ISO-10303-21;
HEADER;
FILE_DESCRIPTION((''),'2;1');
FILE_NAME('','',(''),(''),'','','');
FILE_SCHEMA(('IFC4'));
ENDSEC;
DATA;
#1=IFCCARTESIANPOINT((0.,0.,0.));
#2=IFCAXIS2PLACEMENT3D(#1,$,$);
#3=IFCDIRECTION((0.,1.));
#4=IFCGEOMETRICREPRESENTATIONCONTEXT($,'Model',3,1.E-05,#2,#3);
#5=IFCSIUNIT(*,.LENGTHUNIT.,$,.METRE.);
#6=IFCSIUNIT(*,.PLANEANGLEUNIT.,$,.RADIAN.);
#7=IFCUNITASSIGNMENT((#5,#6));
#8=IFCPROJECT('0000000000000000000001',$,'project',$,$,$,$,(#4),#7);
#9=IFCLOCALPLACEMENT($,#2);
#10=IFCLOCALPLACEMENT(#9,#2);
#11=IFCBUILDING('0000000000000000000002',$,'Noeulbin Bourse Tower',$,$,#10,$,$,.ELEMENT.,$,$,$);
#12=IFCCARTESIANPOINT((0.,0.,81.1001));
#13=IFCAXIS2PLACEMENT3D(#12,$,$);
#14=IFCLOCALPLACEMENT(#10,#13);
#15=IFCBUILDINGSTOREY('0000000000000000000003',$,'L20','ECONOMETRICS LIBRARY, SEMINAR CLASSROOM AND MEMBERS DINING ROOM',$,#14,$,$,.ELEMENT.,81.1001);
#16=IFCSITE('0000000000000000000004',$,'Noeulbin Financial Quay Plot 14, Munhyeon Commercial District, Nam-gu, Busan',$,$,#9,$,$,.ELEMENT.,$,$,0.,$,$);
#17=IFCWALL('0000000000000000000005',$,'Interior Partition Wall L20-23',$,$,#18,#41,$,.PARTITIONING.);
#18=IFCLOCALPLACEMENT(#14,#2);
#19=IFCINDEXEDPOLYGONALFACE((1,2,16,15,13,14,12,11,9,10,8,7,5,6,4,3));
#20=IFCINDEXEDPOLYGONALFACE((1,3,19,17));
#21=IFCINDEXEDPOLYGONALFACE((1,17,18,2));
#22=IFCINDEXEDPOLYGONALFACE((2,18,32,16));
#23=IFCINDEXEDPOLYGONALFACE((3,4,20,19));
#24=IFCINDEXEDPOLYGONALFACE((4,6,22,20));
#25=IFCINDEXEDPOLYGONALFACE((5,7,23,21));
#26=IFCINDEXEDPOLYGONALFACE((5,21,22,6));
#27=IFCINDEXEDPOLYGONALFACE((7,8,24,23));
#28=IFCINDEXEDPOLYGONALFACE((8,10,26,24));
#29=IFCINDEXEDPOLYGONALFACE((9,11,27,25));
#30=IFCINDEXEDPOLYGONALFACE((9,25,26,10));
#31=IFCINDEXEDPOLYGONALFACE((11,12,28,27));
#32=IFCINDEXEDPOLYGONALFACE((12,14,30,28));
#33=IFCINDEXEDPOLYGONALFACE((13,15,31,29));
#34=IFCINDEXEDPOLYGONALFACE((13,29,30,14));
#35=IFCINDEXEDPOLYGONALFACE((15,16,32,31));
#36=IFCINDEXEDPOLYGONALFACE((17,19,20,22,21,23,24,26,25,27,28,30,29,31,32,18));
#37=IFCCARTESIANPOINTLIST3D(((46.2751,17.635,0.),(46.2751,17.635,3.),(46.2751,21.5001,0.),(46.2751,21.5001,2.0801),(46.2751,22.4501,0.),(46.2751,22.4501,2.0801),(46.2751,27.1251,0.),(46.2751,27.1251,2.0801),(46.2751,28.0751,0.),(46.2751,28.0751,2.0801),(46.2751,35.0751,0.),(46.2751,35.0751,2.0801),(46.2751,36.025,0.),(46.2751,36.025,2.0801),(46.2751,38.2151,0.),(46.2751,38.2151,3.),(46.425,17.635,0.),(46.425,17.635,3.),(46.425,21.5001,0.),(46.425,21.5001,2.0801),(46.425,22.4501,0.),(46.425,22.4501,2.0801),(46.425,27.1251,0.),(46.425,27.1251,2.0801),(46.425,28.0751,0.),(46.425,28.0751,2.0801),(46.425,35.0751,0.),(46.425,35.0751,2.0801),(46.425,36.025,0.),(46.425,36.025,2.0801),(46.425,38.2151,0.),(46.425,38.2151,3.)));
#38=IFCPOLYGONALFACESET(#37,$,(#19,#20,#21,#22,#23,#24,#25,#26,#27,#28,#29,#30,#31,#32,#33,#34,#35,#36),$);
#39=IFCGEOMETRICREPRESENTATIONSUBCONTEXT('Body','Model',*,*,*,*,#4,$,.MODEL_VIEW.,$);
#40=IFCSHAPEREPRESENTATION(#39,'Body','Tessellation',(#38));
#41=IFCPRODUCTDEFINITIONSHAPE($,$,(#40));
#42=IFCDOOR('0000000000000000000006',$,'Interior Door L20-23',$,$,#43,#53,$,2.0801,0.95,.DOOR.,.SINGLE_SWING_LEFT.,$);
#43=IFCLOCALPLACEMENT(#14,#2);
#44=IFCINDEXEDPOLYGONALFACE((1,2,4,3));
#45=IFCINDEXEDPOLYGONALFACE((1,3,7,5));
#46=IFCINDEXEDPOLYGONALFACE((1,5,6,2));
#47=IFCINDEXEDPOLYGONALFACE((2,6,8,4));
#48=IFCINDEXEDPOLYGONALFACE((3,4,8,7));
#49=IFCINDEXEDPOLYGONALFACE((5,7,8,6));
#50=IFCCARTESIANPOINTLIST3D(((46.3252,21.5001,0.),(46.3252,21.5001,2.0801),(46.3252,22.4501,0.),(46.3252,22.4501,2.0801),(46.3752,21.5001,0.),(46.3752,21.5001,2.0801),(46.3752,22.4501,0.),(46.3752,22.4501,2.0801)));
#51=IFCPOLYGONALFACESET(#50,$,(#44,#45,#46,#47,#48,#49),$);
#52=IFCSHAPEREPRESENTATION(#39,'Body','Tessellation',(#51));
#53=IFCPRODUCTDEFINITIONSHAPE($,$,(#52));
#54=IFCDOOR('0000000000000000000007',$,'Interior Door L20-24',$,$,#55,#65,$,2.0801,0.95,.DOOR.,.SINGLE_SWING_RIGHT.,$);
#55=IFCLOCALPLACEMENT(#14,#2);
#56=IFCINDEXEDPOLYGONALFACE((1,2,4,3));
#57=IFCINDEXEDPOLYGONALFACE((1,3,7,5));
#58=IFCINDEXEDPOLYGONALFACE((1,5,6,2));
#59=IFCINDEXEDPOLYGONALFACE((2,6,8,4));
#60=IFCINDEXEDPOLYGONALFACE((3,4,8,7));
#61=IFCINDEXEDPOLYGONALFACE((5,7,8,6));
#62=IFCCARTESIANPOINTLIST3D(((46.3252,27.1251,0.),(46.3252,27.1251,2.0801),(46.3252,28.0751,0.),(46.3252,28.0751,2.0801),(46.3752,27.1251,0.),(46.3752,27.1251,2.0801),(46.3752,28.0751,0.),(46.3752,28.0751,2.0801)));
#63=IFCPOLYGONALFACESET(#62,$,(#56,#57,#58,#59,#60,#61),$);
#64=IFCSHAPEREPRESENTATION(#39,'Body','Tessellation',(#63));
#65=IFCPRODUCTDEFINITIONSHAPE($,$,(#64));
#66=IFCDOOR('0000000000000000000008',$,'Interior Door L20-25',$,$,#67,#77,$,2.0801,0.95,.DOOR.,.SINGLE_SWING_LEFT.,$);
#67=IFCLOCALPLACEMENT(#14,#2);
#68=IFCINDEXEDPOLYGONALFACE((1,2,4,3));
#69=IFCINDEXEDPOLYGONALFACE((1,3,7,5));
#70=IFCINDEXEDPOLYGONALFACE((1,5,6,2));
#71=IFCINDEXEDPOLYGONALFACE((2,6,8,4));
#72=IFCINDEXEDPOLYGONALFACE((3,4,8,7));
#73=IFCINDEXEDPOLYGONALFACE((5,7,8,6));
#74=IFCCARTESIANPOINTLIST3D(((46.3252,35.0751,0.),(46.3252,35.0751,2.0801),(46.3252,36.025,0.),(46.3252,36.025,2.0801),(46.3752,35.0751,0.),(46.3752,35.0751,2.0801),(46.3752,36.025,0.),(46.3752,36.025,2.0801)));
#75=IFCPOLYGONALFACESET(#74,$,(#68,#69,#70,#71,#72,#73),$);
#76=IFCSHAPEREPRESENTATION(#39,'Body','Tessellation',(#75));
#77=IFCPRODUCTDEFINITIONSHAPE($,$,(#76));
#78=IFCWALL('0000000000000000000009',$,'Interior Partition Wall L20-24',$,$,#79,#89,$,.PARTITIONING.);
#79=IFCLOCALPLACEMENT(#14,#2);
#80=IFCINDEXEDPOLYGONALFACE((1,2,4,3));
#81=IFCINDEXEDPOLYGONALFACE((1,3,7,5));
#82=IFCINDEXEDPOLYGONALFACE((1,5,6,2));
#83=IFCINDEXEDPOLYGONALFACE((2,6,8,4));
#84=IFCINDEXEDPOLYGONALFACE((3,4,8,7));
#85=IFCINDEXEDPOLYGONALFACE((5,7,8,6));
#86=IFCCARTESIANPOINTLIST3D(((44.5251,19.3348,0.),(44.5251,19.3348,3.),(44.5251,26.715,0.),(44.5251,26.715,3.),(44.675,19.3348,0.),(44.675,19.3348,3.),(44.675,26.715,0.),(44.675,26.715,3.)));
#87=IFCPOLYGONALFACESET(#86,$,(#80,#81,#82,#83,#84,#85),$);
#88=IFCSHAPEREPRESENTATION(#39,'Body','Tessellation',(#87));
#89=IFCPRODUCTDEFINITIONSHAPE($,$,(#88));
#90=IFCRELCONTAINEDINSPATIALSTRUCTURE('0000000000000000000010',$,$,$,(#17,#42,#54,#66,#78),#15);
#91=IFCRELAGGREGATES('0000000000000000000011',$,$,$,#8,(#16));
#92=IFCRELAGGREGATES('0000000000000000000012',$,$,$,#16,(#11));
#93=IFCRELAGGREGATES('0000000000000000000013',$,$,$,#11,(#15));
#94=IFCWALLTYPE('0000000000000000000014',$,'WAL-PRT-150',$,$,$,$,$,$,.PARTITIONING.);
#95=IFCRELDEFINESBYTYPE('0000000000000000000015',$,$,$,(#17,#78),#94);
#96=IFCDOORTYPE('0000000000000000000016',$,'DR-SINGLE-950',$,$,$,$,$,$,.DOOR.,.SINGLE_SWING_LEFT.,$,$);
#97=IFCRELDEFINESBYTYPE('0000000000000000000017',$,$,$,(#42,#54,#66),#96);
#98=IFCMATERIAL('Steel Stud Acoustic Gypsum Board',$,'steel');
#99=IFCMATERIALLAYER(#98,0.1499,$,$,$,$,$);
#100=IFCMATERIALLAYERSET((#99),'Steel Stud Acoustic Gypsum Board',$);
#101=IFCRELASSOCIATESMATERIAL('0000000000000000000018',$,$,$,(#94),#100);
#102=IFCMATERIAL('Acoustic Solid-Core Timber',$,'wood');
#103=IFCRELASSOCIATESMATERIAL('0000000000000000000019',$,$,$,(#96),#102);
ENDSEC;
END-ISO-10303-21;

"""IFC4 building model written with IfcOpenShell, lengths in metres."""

from ifc_helpers import new_model, si_unit, direction, frame, frame_2d, origin, place, context, subcontext, project, spatial, rectangle, extrude, material, layer, layer_set, type_object, element, fill, save


model = new_model("IFC4")

# Units and contexts
model_context = context("Model", 3, precision=1e-05, world=origin(), true_north=direction((0.0, 1.0)))
body_context = subcontext(model_context, "Body", "Model", "MODEL_VIEW")
ifc_project = project(units=[si_unit("LENGTHUNIT", "METRE"), si_unit("PLANEANGLEUNIT", "RADIAN")], contexts=[model_context])

# Site, building, storey
site_placement = place(None, origin())
site = spatial("IfcSite", under=ifc_project, at=site_placement, Name="Noeulbin Financial Quay Plot 14, Munhyeon Commercial District, Nam-gu, Busan", CompositionType="ELEMENT", RefElevation=0.0)
building_placement = place(site_placement, origin())
building = spatial("IfcBuilding", under=site, at=building_placement, Name="Noeulbin Bourse Tower", CompositionType="ELEMENT")
storey_placement = place(building_placement, frame((0.0, 0.0, 81.1001)))
storey = spatial("IfcBuildingStorey", under=building, at=storey_placement, Name="L20", Description="ECONOMETRICS LIBRARY, SEMINAR CLASSROOM AND MEMBERS DINING ROOM", CompositionType="ELEMENT", Elevation=81.1001)

# Wall, openings, doors
ifc_material_1 = material(Name="Steel Stud Acoustic Gypsum Board", Category="steel")
ifc_layer_1 = layer(ifc_material_1, 0.1499)
ifc_layer_set_1 = layer_set([ifc_layer_1], Name="Steel Stud Acoustic Gypsum Board")
wall_type_1 = type_object("IfcWallType", Name="WAL-PRT-150", PredefinedType="PARTITIONING", material=ifc_layer_set_1)
wall_1_placement = place(storey_placement, frame((46.3501, 17.635, 0.0), z_axis=(0.0, 0.0, 1.0), x_axis=(0.0, 1.0, 0.0)))
wall_1 = element("IfcWall", 1, at=wall_1_placement, inside=storey, type_object=wall_type_1, Name="Interior Partition Wall L20-23", PredefinedType="PARTITIONING", context=body_context, shape_type="SweptSolid", body=[
    extrude(rectangle(XDim=20.5801, YDim=0.1499, at=frame_2d((10.29, 0.0))), origin(), (0.0, 0.0, 1.0), 3.0),
])
opening_1_placement = place(wall_1_placement, frame((3.865, 0.0, 0.0)))
opening_1 = element("IfcOpeningElement", 2, at=opening_1_placement, cuts=wall_1, PredefinedType="OPENING", context=body_context, shape_type="SweptSolid", body=[
    extrude(rectangle(XDim=0.95, YDim=2.0801, at=frame_2d((0.4751, 1.04))), frame((0.0, 0.085, 0.0), z_axis=(0.0, -1.0, 0.0), x_axis=(1.0, 0.0, 0.0)), (0.0, 0.0, 1.0), 0.1699),
])
opening_2_placement = place(wall_1_placement, frame((9.49, 0.0, 0.0)))
opening_2 = element("IfcOpeningElement", 3, at=opening_2_placement, cuts=wall_1, PredefinedType="OPENING", context=body_context, shape_type="SweptSolid", body=[
    extrude(rectangle(XDim=0.95, YDim=2.0801, at=frame_2d((0.4751, 1.04))), frame((0.0, 0.085, 0.0), z_axis=(0.0, -1.0, 0.0), x_axis=(1.0, 0.0, 0.0)), (0.0, 0.0, 1.0), 0.1699),
])
opening_3_placement = place(wall_1_placement, frame((17.4399, 0.0, 0.0)))
opening_3 = element("IfcOpeningElement", 4, at=opening_3_placement, cuts=wall_1, PredefinedType="OPENING", context=body_context, shape_type="SweptSolid", body=[
    extrude(rectangle(XDim=0.95, YDim=2.0801, at=frame_2d((0.4751, 1.04))), frame((0.0, 0.085, 0.0), z_axis=(0.0, -1.0, 0.0), x_axis=(1.0, 0.0, 0.0)), (0.0, 0.0, 1.0), 0.1699),
])
ifc_material_2 = material(Name="Acoustic Solid-Core Timber", Category="wood")
door_type = type_object("IfcDoorType", Name="DR-SINGLE-950", OperationType="SINGLE_SWING_LEFT", PredefinedType="DOOR", material=ifc_material_2)
door_1_placement = place(opening_1_placement, origin())
door_1 = element("IfcDoor", 5, at=door_1_placement, inside=storey, type_object=door_type, Name="Interior Door L20-23", OperationType="SINGLE_SWING_LEFT", OverallHeight=2.0801, OverallWidth=0.95, PredefinedType="DOOR", context=body_context, shape_type="SweptSolid", body=[
    extrude(rectangle(XDim=0.95, YDim=2.0801, at=frame_2d((0.4751, 1.04))), frame((0.0, 0.0249, 0.0), z_axis=(0.0, -1.0, 0.0), x_axis=(1.0, 0.0, 0.0)), (0.0, 0.0, 1.0), 0.05),
])
fill(opening_1, door_1)
door_2_placement = place(opening_2_placement, origin())
door_2 = element("IfcDoor", 6, at=door_2_placement, inside=storey, type_object=door_type, Name="Interior Door L20-24", OperationType="SINGLE_SWING_RIGHT", OverallHeight=2.0801, OverallWidth=0.95, PredefinedType="DOOR", context=body_context, shape_type="SweptSolid", body=[
    extrude(rectangle(XDim=0.95, YDim=2.0801, at=frame_2d((0.4751, 1.04))), frame((0.0, 0.0249, 0.0), z_axis=(0.0, -1.0, 0.0), x_axis=(1.0, 0.0, 0.0)), (0.0, 0.0, 1.0), 0.05),
])
fill(opening_2, door_2)
door_3_placement = place(opening_3_placement, origin())
door_3 = element("IfcDoor", 7, at=door_3_placement, inside=storey, type_object=door_type, Name="Interior Door L20-25", OperationType="SINGLE_SWING_LEFT", OverallHeight=2.0801, OverallWidth=0.95, PredefinedType="DOOR", context=body_context, shape_type="SweptSolid", body=[
    extrude(rectangle(XDim=0.95, YDim=2.0801, at=frame_2d((0.4751, 1.04))), frame((0.0, 0.0249, 0.0), z_axis=(0.0, -1.0, 0.0), x_axis=(1.0, 0.0, 0.0)), (0.0, 0.0, 1.0), 0.05),
])
fill(opening_3, door_3)

# Wall
wall_2_placement = place(storey_placement, frame((44.6001, 19.335, 0.0), z_axis=(0.0, 0.0, 1.0), x_axis=(0.0, 1.0, 0.0)))
element("IfcWall", 8, at=wall_2_placement, inside=storey, type_object=wall_type_1, Name="Interior Partition Wall L20-24", PredefinedType="PARTITIONING", context=body_context, shape_type="SweptSolid", body=[
    extrude(rectangle(XDim=7.3801, YDim=0.1499, at=frame_2d((3.6899, 0.0))), origin(), (0.0, 0.0, 1.0), 3.0),
])

save(model, "model.ifc")
